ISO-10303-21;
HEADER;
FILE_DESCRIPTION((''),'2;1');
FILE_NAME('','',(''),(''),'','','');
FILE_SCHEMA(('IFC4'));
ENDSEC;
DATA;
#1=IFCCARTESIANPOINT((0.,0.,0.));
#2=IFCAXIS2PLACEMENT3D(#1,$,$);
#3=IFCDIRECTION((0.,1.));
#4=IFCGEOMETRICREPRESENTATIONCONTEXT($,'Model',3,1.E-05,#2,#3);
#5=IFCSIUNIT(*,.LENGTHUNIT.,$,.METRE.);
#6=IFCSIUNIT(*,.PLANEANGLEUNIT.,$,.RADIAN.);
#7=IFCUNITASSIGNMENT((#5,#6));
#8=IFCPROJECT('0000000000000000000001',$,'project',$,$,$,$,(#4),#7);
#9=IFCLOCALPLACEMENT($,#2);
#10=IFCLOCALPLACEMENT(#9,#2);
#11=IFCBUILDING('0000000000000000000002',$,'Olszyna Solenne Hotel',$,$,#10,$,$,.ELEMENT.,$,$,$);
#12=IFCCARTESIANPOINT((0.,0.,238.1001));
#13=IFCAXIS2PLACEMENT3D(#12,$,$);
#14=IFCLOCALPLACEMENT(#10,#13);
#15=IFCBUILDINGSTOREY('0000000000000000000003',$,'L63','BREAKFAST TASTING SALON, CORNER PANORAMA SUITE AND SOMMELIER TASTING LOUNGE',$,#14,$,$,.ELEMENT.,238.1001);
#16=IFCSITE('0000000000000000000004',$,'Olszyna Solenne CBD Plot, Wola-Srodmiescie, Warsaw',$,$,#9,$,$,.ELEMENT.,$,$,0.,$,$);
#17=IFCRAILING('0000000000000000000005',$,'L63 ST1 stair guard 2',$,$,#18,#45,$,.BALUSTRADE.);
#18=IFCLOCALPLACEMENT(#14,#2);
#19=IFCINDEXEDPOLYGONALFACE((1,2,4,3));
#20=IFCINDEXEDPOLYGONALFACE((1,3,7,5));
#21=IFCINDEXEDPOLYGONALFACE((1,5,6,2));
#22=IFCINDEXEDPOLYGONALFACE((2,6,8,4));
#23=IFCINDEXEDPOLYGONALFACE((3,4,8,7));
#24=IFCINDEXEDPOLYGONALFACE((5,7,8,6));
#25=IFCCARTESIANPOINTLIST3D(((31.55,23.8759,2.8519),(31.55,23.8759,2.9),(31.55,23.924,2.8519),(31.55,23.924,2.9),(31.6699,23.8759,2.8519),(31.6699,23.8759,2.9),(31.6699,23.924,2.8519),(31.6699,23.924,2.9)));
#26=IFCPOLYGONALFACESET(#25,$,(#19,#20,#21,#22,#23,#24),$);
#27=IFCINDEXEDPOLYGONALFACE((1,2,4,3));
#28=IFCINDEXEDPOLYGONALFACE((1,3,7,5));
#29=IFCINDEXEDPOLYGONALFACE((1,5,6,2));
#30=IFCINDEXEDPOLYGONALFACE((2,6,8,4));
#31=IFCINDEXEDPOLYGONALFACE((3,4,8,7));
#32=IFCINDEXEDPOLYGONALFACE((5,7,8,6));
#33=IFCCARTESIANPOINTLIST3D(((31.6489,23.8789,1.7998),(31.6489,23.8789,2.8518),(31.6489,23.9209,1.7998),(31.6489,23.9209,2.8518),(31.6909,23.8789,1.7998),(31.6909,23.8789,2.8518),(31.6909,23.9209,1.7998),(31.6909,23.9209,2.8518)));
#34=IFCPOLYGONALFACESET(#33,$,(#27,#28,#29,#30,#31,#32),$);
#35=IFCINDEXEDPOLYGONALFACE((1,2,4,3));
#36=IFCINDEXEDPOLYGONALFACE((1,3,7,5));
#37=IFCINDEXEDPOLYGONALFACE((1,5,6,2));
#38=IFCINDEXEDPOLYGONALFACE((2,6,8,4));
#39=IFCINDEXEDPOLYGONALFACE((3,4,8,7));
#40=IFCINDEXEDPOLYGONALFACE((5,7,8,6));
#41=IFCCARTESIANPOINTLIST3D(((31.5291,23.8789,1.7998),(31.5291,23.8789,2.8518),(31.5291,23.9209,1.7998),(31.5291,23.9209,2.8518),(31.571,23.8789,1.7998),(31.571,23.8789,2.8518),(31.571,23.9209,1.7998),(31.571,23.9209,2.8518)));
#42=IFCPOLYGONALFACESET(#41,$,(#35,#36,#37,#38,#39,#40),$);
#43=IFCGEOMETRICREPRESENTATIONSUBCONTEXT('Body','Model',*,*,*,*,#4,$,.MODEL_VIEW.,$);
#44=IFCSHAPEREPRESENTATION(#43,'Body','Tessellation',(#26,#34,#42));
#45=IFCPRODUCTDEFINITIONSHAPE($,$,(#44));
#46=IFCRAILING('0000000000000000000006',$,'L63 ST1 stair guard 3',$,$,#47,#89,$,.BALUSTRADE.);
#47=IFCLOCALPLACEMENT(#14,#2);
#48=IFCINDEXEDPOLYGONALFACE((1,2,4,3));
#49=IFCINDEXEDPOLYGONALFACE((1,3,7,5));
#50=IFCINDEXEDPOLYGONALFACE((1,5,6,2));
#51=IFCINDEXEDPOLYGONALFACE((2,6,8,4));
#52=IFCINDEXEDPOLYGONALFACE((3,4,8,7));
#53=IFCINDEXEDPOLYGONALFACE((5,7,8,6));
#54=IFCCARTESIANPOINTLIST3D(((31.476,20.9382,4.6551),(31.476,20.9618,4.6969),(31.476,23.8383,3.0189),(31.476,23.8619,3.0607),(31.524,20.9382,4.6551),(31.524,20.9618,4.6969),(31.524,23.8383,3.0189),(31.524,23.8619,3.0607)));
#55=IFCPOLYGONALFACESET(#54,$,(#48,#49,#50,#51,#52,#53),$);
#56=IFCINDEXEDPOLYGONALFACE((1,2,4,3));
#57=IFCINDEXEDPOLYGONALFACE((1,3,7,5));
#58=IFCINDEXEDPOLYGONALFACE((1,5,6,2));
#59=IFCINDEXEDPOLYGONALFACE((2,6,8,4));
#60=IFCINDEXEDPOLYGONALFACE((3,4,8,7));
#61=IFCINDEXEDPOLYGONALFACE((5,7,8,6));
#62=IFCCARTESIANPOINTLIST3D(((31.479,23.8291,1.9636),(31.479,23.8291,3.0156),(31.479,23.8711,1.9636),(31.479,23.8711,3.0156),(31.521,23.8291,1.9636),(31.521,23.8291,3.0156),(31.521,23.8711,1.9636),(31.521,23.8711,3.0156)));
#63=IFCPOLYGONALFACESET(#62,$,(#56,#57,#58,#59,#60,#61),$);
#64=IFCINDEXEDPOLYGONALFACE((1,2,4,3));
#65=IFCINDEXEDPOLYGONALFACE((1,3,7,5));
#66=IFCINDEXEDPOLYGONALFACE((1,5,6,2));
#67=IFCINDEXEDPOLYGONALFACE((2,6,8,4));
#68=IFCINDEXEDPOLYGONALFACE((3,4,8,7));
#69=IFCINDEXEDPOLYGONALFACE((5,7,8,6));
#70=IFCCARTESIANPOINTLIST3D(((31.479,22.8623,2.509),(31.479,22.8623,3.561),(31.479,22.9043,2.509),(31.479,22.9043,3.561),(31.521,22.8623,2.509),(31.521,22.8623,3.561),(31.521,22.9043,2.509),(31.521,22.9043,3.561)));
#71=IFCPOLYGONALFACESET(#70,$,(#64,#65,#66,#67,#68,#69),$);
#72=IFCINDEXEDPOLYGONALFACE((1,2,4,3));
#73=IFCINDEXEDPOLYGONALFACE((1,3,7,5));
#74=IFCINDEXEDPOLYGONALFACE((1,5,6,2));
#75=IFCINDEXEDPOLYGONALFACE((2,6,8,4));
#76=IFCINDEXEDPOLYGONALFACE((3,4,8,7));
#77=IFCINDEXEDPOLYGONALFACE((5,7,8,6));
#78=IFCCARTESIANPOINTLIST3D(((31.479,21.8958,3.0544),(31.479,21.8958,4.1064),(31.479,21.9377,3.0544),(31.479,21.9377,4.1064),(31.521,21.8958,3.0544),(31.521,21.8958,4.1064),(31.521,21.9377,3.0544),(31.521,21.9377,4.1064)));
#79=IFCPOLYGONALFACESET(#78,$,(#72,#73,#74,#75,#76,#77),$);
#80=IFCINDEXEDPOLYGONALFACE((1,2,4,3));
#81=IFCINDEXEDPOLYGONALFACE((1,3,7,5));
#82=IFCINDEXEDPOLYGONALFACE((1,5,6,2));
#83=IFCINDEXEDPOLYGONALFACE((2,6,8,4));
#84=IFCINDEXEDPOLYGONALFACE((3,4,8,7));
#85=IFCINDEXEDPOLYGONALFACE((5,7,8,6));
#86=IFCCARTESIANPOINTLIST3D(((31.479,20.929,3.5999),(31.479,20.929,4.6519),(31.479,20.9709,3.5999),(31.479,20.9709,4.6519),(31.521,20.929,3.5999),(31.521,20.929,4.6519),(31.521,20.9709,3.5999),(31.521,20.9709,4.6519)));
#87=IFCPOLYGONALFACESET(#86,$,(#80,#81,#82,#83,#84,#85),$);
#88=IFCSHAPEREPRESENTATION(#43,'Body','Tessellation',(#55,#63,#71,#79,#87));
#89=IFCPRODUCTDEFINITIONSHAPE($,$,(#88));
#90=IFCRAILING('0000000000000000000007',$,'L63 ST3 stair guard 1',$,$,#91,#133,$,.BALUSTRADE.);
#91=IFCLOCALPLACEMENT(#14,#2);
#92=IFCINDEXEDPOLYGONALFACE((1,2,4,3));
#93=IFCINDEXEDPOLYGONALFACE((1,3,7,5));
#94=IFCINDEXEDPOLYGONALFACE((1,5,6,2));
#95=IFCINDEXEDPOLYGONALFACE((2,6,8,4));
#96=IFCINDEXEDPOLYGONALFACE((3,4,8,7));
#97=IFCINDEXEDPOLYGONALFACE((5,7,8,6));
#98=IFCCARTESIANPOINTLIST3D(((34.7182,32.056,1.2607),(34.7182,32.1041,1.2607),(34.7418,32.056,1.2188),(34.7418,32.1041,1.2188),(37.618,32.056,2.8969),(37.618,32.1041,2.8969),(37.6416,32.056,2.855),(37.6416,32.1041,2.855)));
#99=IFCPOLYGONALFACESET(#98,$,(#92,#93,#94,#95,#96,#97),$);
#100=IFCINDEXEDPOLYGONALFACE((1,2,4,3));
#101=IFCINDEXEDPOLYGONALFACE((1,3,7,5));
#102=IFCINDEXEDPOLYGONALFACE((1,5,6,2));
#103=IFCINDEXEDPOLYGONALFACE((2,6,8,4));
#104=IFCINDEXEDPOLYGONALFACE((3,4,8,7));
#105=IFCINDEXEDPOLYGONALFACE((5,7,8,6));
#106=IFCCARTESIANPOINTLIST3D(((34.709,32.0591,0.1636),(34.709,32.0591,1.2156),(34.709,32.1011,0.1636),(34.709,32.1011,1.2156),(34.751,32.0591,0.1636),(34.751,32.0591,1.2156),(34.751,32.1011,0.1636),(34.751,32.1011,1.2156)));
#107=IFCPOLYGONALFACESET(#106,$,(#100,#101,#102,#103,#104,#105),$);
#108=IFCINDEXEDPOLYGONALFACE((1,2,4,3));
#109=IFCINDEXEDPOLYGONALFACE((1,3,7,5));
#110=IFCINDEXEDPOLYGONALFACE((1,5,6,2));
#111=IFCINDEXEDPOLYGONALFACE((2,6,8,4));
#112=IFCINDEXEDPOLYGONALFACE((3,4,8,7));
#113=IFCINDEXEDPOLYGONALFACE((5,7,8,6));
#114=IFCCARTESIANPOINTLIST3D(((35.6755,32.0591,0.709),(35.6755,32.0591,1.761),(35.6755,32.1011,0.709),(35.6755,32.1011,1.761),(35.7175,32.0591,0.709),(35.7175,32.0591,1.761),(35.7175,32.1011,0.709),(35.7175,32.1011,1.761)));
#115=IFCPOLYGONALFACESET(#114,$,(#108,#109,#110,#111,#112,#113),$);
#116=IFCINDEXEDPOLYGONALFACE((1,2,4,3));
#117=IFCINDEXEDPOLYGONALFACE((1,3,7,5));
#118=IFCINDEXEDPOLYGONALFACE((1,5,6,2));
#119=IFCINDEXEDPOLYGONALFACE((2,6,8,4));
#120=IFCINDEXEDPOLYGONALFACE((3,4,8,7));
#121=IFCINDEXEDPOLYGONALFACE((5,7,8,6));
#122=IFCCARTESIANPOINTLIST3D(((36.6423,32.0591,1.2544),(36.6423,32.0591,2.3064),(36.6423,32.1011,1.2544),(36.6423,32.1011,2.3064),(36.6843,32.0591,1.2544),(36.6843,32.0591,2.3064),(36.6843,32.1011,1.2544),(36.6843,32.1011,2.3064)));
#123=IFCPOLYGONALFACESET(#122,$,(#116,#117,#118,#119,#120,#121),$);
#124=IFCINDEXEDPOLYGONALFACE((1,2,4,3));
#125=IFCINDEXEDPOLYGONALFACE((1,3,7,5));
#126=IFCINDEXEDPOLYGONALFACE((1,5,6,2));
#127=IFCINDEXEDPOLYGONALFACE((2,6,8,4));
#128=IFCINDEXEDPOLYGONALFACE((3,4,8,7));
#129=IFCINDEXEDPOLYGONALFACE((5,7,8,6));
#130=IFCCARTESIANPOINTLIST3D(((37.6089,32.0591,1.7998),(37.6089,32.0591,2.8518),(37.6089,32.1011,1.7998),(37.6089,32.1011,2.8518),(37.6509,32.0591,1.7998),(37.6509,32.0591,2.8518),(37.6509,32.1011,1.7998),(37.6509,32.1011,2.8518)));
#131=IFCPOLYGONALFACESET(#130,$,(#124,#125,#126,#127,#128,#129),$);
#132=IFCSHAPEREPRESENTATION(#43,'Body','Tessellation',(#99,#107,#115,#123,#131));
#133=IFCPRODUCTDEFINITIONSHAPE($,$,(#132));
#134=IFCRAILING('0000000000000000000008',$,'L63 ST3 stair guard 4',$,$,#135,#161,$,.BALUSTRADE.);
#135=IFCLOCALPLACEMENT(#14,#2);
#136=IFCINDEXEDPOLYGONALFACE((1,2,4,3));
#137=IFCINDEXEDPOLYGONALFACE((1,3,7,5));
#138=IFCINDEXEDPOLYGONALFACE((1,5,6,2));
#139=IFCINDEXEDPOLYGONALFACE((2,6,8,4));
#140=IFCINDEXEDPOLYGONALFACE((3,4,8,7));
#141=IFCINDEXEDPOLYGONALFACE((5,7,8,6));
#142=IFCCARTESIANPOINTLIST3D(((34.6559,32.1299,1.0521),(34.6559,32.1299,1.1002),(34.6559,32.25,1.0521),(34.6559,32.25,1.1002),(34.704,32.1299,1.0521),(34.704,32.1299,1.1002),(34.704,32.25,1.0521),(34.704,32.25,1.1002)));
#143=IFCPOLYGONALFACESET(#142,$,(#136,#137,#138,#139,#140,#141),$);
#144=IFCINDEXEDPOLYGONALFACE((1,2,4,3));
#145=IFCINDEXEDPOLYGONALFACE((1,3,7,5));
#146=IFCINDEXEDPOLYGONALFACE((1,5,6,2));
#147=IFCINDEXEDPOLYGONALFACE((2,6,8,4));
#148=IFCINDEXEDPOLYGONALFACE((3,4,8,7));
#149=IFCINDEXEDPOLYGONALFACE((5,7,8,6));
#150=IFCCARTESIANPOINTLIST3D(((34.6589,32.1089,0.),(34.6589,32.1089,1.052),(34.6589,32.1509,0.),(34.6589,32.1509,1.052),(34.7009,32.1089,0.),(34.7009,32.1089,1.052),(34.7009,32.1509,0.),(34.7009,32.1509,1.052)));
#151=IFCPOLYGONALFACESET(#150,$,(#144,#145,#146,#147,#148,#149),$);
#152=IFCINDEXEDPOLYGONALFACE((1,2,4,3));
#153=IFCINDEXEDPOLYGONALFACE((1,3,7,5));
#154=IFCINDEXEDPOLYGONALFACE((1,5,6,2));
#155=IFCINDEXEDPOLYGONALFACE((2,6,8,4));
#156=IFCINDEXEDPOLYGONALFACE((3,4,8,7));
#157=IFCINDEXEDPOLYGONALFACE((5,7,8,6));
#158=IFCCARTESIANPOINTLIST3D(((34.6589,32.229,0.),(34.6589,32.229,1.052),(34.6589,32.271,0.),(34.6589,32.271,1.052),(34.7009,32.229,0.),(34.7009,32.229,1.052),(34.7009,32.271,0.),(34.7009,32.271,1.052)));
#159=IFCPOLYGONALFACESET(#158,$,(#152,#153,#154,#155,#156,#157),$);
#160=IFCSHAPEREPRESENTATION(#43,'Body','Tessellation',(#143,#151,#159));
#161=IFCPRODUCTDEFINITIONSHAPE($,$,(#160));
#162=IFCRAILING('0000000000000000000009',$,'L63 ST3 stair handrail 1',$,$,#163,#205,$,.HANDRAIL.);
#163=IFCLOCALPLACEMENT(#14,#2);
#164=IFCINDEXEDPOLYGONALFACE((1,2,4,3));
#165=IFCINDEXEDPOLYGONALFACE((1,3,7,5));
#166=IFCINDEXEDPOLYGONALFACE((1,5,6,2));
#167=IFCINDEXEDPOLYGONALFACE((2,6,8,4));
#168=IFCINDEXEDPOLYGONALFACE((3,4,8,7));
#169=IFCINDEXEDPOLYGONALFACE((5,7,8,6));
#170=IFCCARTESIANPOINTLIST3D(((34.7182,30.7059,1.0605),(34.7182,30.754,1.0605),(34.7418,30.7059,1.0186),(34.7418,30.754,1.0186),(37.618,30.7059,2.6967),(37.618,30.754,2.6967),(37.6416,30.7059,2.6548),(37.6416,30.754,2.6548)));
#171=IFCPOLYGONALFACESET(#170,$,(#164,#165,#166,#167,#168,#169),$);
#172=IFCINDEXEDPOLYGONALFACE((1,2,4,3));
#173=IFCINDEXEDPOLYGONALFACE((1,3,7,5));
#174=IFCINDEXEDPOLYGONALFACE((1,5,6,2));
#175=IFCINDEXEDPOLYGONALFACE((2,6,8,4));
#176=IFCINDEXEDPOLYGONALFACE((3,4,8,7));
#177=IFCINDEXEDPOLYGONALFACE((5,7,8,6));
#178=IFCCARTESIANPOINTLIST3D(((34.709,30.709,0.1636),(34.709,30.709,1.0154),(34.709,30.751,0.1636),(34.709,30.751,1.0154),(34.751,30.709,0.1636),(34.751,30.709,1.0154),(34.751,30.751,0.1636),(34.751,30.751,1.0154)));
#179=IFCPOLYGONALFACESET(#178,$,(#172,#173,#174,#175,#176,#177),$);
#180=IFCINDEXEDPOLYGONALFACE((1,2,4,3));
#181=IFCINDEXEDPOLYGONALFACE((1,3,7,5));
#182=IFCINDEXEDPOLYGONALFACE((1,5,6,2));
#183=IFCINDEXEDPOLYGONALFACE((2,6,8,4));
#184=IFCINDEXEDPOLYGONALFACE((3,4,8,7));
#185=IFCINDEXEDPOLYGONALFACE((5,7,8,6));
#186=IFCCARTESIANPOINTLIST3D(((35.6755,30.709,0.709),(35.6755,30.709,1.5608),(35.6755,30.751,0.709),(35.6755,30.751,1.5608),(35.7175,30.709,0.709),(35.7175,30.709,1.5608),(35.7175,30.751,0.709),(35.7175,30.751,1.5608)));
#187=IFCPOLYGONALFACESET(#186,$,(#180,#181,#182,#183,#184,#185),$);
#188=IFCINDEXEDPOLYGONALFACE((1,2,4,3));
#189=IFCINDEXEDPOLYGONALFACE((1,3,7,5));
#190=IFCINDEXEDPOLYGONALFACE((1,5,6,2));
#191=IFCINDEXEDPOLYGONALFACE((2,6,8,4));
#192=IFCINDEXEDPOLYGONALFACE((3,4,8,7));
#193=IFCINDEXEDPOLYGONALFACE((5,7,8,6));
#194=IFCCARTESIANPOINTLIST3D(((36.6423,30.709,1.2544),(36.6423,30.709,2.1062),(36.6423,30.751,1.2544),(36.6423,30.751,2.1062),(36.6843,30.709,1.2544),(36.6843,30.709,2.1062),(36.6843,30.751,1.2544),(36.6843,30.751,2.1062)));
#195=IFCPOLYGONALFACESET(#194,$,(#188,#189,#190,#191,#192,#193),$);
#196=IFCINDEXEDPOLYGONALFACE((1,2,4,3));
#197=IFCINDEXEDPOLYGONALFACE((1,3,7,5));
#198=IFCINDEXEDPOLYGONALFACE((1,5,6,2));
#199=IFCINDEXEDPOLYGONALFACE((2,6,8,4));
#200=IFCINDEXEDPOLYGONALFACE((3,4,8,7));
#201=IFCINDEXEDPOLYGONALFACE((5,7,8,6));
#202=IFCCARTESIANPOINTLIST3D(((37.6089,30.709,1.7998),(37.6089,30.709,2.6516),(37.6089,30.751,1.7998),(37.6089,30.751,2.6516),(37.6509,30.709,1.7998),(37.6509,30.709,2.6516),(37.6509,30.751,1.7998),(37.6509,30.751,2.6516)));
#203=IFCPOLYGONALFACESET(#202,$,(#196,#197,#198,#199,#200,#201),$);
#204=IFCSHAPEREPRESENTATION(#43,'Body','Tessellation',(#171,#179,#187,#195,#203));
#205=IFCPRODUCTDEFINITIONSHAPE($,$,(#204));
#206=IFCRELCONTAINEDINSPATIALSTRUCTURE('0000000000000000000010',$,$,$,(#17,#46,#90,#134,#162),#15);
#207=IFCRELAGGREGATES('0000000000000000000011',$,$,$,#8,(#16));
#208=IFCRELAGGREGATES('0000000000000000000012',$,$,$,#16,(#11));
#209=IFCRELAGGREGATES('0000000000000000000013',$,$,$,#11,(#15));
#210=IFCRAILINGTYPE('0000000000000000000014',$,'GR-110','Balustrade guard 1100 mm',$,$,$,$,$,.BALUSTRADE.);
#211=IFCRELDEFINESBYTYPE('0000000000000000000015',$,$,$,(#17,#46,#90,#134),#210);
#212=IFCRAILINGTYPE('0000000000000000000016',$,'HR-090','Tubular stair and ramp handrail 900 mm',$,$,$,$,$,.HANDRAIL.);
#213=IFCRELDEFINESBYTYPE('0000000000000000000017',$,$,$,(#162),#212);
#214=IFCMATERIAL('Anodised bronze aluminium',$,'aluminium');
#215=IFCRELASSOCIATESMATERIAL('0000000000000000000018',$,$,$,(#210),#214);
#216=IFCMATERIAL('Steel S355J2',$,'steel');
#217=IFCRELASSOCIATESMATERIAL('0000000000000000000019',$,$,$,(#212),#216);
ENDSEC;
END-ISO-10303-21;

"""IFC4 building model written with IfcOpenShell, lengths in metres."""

from ifc_helpers import new_model, si_unit, direction, frame, origin, origin_2d, place, context, subcontext, project, spatial, rectangle, extrude, material, type_object, element, save


model = new_model("IFC4")

# Units and contexts
model_context = context("Model", 3, precision=1e-05, world=origin(), true_north=direction((0.0, 1.0)))
body_context = subcontext(model_context, "Body", "Model", "MODEL_VIEW")
ifc_project = project(units=[si_unit("LENGTHUNIT", "METRE"), si_unit("PLANEANGLEUNIT", "RADIAN")], contexts=[model_context])

# Site, building, storey
site_placement = place(None, origin())
site = spatial("IfcSite", under=ifc_project, at=site_placement, Name="Olszyna Solenne CBD Plot, Wola-Srodmiescie, Warsaw", CompositionType="ELEMENT", RefElevation=0.0)
building_placement = place(site_placement, origin())
building = spatial("IfcBuilding", under=site, at=building_placement, Name="Olszyna Solenne Hotel", CompositionType="ELEMENT")
storey_placement = place(building_placement, frame((0.0, 0.0, 238.1001)))
storey = spatial("IfcBuildingStorey", under=building, at=storey_placement, Name="L63", Description="BREAKFAST TASTING SALON, CORNER PANORAMA SUITE AND SOMMELIER TASTING LOUNGE", CompositionType="ELEMENT", Elevation=238.1001)

# Shared definitions
ifc_material_1 = material(Name="Steel S355J2", Category="steel")

# Shared definitions
ifc_material_2 = material(Name="Anodised bronze aluminium", Category="aluminium")

# Railings
railing_type_1 = type_object("IfcRailingType", Name="GR-110", Description="Balustrade guard 1100 mm", PredefinedType="BALUSTRADE", material=ifc_material_2)
railing_1_placement = place(storey_placement, frame((31.6699, 23.8999, 1.7998)))
element("IfcRailing", 1, at=railing_1_placement, inside=storey, type_object=railing_type_1, Name="L63 ST1 stair guard 2", PredefinedType="BALUSTRADE", context=body_context, shape_type="SweptSolid", body=[
    extrude(rectangle(XDim=0.0481, YDim=0.0481, at=origin_2d()), frame((0.0, 0.0, 1.0762), z_axis=(-1.0, 0.0, 0.0), x_axis=(0.0, -1.0, 0.0)), (0.0, 0.0, 1.0), 0.1199),
    extrude(rectangle(XDim=0.042, YDim=0.042, at=origin_2d()), origin(), (0.0, 0.0, 1.0), 1.052),
    extrude(rectangle(XDim=0.042, YDim=0.042, at=origin_2d()), frame((-0.1199, 0.0, 0.0)), (0.0, 0.0, 1.0), 1.052),
])
railing_2_placement = place(storey_placement, frame((31.5, 23.8501, 1.9636)))
element("IfcRailing", 2, at=railing_2_placement, inside=storey, type_object=railing_type_1, Name="L63 ST1 stair guard 3", PredefinedType="BALUSTRADE", context=body_context, shape_type="SweptSolid", body=[
    extrude(rectangle(XDim=0.0481, YDim=0.0481, at=origin_2d()), frame((0.0, 0.0, 1.0762), z_axis=(0.0, -0.870946, 0.491378), x_axis=(1.0, 0.0, 0.0)), (0.0, 0.0, 1.0), 3.3298),
    extrude(rectangle(XDim=0.042, YDim=0.042, at=origin_2d()), origin(), (0.0, 0.0, 1.0), 1.052),
    extrude(rectangle(XDim=0.042, YDim=0.042, at=origin_2d()), frame((0.0, -0.9668, 0.5454)), (0.0, 0.0, 1.0), 1.052),
    extrude(rectangle(XDim=0.042, YDim=0.042, at=origin_2d()), frame((0.0, -1.9333, 1.0908)), (0.0, 0.0, 1.0), 1.052),
    extrude(rectangle(XDim=0.042, YDim=0.042, at=origin_2d()), frame((0.0, -2.9001, 1.6362)), (0.0, 0.0, 1.0), 1.052),
])
railing_3_placement = place(storey_placement, frame((34.73, 32.0801, 0.1636)))
element("IfcRailing", 3, at=railing_3_placement, inside=storey, type_object=railing_type_1, Name="L63 ST3 stair guard 1", PredefinedType="BALUSTRADE", context=body_context, shape_type="SweptSolid", body=[
    extrude(rectangle(XDim=0.0481, YDim=0.0481, at=origin_2d()), frame((0.0, 0.0, 1.0762), z_axis=(0.870929, 0.0, 0.49141), x_axis=(0.0, 1.0, 0.0)), (0.0, 0.0, 1.0), 3.3296),
    extrude(rectangle(XDim=0.042, YDim=0.042, at=origin_2d()), origin(), (0.0, 0.0, 1.0), 1.052),
    extrude(rectangle(XDim=0.042, YDim=0.042, at=origin_2d()), frame((0.9666, 0.0, 0.5454)), (0.0, 0.0, 1.0), 1.052),
    extrude(rectangle(XDim=0.042, YDim=0.042, at=origin_2d()), frame((1.9333, 0.0, 1.0908)), (0.0, 0.0, 1.0), 1.052),
    extrude(rectangle(XDim=0.042, YDim=0.042, at=origin_2d()), frame((2.8999, 0.0, 1.6362)), (0.0, 0.0, 1.0), 1.052),
])
railing_4_placement = place(storey_placement, frame((34.6799, 32.1299, 0.0)))
element("IfcRailing", 4, at=railing_4_placement, inside=storey, type_object=railing_type_1, Name="L63 ST3 stair guard 4", PredefinedType="BALUSTRADE", context=body_context, shape_type="SweptSolid", body=[
    extrude(rectangle(XDim=0.0481, YDim=0.0481, at=origin_2d()), frame((0.0, 0.0, 1.0762), z_axis=(0.0, 1.0, 0.0), x_axis=(-1.0, 0.0, 0.0)), (0.0, 0.0, 1.0), 0.1201),
    extrude(rectangle(XDim=0.042, YDim=0.042, at=origin_2d()), origin(), (0.0, 0.0, 1.0), 1.052),
    extrude(rectangle(XDim=0.042, YDim=0.042, at=origin_2d()), frame((0.0, 0.1201, 0.0)), (0.0, 0.0, 1.0), 1.052),
])
railing_type_2 = type_object("IfcRailingType", Name="HR-090", Description="Tubular stair and ramp handrail 900 mm", PredefinedType="HANDRAIL", material=ifc_material_1)
railing_5_placement = place(storey_placement, frame((34.73, 30.73, 0.1636)))
element("IfcRailing", 5, at=railing_5_placement, inside=storey, type_object=railing_type_2, Name="L63 ST3 stair handrail 1", PredefinedType="HANDRAIL", context=body_context, shape_type="SweptSolid", body=[
    extrude(rectangle(XDim=0.0481, YDim=0.0481, at=origin_2d()), frame((0.0, 0.0, 0.876), z_axis=(0.870929, 0.0, 0.49141), x_axis=(0.0, 1.0, 0.0)), (0.0, 0.0, 1.0), 3.3296),
    extrude(rectangle(XDim=0.042, YDim=0.042, at=origin_2d()), origin(), (0.0, 0.0, 1.0), 0.8518),
    extrude(rectangle(XDim=0.042, YDim=0.042, at=origin_2d()), frame((0.9666, 0.0, 0.5454)), (0.0, 0.0, 1.0), 0.8518),
    extrude(rectangle(XDim=0.042, YDim=0.042, at=origin_2d()), frame((1.9333, 0.0, 1.0908)), (0.0, 0.0, 1.0), 0.8518),
    extrude(rectangle(XDim=0.042, YDim=0.042, at=origin_2d()), frame((2.8999, 0.0, 1.6362)), (0.0, 0.0, 1.0), 0.8518),
])

save(model, "model.ifc")
